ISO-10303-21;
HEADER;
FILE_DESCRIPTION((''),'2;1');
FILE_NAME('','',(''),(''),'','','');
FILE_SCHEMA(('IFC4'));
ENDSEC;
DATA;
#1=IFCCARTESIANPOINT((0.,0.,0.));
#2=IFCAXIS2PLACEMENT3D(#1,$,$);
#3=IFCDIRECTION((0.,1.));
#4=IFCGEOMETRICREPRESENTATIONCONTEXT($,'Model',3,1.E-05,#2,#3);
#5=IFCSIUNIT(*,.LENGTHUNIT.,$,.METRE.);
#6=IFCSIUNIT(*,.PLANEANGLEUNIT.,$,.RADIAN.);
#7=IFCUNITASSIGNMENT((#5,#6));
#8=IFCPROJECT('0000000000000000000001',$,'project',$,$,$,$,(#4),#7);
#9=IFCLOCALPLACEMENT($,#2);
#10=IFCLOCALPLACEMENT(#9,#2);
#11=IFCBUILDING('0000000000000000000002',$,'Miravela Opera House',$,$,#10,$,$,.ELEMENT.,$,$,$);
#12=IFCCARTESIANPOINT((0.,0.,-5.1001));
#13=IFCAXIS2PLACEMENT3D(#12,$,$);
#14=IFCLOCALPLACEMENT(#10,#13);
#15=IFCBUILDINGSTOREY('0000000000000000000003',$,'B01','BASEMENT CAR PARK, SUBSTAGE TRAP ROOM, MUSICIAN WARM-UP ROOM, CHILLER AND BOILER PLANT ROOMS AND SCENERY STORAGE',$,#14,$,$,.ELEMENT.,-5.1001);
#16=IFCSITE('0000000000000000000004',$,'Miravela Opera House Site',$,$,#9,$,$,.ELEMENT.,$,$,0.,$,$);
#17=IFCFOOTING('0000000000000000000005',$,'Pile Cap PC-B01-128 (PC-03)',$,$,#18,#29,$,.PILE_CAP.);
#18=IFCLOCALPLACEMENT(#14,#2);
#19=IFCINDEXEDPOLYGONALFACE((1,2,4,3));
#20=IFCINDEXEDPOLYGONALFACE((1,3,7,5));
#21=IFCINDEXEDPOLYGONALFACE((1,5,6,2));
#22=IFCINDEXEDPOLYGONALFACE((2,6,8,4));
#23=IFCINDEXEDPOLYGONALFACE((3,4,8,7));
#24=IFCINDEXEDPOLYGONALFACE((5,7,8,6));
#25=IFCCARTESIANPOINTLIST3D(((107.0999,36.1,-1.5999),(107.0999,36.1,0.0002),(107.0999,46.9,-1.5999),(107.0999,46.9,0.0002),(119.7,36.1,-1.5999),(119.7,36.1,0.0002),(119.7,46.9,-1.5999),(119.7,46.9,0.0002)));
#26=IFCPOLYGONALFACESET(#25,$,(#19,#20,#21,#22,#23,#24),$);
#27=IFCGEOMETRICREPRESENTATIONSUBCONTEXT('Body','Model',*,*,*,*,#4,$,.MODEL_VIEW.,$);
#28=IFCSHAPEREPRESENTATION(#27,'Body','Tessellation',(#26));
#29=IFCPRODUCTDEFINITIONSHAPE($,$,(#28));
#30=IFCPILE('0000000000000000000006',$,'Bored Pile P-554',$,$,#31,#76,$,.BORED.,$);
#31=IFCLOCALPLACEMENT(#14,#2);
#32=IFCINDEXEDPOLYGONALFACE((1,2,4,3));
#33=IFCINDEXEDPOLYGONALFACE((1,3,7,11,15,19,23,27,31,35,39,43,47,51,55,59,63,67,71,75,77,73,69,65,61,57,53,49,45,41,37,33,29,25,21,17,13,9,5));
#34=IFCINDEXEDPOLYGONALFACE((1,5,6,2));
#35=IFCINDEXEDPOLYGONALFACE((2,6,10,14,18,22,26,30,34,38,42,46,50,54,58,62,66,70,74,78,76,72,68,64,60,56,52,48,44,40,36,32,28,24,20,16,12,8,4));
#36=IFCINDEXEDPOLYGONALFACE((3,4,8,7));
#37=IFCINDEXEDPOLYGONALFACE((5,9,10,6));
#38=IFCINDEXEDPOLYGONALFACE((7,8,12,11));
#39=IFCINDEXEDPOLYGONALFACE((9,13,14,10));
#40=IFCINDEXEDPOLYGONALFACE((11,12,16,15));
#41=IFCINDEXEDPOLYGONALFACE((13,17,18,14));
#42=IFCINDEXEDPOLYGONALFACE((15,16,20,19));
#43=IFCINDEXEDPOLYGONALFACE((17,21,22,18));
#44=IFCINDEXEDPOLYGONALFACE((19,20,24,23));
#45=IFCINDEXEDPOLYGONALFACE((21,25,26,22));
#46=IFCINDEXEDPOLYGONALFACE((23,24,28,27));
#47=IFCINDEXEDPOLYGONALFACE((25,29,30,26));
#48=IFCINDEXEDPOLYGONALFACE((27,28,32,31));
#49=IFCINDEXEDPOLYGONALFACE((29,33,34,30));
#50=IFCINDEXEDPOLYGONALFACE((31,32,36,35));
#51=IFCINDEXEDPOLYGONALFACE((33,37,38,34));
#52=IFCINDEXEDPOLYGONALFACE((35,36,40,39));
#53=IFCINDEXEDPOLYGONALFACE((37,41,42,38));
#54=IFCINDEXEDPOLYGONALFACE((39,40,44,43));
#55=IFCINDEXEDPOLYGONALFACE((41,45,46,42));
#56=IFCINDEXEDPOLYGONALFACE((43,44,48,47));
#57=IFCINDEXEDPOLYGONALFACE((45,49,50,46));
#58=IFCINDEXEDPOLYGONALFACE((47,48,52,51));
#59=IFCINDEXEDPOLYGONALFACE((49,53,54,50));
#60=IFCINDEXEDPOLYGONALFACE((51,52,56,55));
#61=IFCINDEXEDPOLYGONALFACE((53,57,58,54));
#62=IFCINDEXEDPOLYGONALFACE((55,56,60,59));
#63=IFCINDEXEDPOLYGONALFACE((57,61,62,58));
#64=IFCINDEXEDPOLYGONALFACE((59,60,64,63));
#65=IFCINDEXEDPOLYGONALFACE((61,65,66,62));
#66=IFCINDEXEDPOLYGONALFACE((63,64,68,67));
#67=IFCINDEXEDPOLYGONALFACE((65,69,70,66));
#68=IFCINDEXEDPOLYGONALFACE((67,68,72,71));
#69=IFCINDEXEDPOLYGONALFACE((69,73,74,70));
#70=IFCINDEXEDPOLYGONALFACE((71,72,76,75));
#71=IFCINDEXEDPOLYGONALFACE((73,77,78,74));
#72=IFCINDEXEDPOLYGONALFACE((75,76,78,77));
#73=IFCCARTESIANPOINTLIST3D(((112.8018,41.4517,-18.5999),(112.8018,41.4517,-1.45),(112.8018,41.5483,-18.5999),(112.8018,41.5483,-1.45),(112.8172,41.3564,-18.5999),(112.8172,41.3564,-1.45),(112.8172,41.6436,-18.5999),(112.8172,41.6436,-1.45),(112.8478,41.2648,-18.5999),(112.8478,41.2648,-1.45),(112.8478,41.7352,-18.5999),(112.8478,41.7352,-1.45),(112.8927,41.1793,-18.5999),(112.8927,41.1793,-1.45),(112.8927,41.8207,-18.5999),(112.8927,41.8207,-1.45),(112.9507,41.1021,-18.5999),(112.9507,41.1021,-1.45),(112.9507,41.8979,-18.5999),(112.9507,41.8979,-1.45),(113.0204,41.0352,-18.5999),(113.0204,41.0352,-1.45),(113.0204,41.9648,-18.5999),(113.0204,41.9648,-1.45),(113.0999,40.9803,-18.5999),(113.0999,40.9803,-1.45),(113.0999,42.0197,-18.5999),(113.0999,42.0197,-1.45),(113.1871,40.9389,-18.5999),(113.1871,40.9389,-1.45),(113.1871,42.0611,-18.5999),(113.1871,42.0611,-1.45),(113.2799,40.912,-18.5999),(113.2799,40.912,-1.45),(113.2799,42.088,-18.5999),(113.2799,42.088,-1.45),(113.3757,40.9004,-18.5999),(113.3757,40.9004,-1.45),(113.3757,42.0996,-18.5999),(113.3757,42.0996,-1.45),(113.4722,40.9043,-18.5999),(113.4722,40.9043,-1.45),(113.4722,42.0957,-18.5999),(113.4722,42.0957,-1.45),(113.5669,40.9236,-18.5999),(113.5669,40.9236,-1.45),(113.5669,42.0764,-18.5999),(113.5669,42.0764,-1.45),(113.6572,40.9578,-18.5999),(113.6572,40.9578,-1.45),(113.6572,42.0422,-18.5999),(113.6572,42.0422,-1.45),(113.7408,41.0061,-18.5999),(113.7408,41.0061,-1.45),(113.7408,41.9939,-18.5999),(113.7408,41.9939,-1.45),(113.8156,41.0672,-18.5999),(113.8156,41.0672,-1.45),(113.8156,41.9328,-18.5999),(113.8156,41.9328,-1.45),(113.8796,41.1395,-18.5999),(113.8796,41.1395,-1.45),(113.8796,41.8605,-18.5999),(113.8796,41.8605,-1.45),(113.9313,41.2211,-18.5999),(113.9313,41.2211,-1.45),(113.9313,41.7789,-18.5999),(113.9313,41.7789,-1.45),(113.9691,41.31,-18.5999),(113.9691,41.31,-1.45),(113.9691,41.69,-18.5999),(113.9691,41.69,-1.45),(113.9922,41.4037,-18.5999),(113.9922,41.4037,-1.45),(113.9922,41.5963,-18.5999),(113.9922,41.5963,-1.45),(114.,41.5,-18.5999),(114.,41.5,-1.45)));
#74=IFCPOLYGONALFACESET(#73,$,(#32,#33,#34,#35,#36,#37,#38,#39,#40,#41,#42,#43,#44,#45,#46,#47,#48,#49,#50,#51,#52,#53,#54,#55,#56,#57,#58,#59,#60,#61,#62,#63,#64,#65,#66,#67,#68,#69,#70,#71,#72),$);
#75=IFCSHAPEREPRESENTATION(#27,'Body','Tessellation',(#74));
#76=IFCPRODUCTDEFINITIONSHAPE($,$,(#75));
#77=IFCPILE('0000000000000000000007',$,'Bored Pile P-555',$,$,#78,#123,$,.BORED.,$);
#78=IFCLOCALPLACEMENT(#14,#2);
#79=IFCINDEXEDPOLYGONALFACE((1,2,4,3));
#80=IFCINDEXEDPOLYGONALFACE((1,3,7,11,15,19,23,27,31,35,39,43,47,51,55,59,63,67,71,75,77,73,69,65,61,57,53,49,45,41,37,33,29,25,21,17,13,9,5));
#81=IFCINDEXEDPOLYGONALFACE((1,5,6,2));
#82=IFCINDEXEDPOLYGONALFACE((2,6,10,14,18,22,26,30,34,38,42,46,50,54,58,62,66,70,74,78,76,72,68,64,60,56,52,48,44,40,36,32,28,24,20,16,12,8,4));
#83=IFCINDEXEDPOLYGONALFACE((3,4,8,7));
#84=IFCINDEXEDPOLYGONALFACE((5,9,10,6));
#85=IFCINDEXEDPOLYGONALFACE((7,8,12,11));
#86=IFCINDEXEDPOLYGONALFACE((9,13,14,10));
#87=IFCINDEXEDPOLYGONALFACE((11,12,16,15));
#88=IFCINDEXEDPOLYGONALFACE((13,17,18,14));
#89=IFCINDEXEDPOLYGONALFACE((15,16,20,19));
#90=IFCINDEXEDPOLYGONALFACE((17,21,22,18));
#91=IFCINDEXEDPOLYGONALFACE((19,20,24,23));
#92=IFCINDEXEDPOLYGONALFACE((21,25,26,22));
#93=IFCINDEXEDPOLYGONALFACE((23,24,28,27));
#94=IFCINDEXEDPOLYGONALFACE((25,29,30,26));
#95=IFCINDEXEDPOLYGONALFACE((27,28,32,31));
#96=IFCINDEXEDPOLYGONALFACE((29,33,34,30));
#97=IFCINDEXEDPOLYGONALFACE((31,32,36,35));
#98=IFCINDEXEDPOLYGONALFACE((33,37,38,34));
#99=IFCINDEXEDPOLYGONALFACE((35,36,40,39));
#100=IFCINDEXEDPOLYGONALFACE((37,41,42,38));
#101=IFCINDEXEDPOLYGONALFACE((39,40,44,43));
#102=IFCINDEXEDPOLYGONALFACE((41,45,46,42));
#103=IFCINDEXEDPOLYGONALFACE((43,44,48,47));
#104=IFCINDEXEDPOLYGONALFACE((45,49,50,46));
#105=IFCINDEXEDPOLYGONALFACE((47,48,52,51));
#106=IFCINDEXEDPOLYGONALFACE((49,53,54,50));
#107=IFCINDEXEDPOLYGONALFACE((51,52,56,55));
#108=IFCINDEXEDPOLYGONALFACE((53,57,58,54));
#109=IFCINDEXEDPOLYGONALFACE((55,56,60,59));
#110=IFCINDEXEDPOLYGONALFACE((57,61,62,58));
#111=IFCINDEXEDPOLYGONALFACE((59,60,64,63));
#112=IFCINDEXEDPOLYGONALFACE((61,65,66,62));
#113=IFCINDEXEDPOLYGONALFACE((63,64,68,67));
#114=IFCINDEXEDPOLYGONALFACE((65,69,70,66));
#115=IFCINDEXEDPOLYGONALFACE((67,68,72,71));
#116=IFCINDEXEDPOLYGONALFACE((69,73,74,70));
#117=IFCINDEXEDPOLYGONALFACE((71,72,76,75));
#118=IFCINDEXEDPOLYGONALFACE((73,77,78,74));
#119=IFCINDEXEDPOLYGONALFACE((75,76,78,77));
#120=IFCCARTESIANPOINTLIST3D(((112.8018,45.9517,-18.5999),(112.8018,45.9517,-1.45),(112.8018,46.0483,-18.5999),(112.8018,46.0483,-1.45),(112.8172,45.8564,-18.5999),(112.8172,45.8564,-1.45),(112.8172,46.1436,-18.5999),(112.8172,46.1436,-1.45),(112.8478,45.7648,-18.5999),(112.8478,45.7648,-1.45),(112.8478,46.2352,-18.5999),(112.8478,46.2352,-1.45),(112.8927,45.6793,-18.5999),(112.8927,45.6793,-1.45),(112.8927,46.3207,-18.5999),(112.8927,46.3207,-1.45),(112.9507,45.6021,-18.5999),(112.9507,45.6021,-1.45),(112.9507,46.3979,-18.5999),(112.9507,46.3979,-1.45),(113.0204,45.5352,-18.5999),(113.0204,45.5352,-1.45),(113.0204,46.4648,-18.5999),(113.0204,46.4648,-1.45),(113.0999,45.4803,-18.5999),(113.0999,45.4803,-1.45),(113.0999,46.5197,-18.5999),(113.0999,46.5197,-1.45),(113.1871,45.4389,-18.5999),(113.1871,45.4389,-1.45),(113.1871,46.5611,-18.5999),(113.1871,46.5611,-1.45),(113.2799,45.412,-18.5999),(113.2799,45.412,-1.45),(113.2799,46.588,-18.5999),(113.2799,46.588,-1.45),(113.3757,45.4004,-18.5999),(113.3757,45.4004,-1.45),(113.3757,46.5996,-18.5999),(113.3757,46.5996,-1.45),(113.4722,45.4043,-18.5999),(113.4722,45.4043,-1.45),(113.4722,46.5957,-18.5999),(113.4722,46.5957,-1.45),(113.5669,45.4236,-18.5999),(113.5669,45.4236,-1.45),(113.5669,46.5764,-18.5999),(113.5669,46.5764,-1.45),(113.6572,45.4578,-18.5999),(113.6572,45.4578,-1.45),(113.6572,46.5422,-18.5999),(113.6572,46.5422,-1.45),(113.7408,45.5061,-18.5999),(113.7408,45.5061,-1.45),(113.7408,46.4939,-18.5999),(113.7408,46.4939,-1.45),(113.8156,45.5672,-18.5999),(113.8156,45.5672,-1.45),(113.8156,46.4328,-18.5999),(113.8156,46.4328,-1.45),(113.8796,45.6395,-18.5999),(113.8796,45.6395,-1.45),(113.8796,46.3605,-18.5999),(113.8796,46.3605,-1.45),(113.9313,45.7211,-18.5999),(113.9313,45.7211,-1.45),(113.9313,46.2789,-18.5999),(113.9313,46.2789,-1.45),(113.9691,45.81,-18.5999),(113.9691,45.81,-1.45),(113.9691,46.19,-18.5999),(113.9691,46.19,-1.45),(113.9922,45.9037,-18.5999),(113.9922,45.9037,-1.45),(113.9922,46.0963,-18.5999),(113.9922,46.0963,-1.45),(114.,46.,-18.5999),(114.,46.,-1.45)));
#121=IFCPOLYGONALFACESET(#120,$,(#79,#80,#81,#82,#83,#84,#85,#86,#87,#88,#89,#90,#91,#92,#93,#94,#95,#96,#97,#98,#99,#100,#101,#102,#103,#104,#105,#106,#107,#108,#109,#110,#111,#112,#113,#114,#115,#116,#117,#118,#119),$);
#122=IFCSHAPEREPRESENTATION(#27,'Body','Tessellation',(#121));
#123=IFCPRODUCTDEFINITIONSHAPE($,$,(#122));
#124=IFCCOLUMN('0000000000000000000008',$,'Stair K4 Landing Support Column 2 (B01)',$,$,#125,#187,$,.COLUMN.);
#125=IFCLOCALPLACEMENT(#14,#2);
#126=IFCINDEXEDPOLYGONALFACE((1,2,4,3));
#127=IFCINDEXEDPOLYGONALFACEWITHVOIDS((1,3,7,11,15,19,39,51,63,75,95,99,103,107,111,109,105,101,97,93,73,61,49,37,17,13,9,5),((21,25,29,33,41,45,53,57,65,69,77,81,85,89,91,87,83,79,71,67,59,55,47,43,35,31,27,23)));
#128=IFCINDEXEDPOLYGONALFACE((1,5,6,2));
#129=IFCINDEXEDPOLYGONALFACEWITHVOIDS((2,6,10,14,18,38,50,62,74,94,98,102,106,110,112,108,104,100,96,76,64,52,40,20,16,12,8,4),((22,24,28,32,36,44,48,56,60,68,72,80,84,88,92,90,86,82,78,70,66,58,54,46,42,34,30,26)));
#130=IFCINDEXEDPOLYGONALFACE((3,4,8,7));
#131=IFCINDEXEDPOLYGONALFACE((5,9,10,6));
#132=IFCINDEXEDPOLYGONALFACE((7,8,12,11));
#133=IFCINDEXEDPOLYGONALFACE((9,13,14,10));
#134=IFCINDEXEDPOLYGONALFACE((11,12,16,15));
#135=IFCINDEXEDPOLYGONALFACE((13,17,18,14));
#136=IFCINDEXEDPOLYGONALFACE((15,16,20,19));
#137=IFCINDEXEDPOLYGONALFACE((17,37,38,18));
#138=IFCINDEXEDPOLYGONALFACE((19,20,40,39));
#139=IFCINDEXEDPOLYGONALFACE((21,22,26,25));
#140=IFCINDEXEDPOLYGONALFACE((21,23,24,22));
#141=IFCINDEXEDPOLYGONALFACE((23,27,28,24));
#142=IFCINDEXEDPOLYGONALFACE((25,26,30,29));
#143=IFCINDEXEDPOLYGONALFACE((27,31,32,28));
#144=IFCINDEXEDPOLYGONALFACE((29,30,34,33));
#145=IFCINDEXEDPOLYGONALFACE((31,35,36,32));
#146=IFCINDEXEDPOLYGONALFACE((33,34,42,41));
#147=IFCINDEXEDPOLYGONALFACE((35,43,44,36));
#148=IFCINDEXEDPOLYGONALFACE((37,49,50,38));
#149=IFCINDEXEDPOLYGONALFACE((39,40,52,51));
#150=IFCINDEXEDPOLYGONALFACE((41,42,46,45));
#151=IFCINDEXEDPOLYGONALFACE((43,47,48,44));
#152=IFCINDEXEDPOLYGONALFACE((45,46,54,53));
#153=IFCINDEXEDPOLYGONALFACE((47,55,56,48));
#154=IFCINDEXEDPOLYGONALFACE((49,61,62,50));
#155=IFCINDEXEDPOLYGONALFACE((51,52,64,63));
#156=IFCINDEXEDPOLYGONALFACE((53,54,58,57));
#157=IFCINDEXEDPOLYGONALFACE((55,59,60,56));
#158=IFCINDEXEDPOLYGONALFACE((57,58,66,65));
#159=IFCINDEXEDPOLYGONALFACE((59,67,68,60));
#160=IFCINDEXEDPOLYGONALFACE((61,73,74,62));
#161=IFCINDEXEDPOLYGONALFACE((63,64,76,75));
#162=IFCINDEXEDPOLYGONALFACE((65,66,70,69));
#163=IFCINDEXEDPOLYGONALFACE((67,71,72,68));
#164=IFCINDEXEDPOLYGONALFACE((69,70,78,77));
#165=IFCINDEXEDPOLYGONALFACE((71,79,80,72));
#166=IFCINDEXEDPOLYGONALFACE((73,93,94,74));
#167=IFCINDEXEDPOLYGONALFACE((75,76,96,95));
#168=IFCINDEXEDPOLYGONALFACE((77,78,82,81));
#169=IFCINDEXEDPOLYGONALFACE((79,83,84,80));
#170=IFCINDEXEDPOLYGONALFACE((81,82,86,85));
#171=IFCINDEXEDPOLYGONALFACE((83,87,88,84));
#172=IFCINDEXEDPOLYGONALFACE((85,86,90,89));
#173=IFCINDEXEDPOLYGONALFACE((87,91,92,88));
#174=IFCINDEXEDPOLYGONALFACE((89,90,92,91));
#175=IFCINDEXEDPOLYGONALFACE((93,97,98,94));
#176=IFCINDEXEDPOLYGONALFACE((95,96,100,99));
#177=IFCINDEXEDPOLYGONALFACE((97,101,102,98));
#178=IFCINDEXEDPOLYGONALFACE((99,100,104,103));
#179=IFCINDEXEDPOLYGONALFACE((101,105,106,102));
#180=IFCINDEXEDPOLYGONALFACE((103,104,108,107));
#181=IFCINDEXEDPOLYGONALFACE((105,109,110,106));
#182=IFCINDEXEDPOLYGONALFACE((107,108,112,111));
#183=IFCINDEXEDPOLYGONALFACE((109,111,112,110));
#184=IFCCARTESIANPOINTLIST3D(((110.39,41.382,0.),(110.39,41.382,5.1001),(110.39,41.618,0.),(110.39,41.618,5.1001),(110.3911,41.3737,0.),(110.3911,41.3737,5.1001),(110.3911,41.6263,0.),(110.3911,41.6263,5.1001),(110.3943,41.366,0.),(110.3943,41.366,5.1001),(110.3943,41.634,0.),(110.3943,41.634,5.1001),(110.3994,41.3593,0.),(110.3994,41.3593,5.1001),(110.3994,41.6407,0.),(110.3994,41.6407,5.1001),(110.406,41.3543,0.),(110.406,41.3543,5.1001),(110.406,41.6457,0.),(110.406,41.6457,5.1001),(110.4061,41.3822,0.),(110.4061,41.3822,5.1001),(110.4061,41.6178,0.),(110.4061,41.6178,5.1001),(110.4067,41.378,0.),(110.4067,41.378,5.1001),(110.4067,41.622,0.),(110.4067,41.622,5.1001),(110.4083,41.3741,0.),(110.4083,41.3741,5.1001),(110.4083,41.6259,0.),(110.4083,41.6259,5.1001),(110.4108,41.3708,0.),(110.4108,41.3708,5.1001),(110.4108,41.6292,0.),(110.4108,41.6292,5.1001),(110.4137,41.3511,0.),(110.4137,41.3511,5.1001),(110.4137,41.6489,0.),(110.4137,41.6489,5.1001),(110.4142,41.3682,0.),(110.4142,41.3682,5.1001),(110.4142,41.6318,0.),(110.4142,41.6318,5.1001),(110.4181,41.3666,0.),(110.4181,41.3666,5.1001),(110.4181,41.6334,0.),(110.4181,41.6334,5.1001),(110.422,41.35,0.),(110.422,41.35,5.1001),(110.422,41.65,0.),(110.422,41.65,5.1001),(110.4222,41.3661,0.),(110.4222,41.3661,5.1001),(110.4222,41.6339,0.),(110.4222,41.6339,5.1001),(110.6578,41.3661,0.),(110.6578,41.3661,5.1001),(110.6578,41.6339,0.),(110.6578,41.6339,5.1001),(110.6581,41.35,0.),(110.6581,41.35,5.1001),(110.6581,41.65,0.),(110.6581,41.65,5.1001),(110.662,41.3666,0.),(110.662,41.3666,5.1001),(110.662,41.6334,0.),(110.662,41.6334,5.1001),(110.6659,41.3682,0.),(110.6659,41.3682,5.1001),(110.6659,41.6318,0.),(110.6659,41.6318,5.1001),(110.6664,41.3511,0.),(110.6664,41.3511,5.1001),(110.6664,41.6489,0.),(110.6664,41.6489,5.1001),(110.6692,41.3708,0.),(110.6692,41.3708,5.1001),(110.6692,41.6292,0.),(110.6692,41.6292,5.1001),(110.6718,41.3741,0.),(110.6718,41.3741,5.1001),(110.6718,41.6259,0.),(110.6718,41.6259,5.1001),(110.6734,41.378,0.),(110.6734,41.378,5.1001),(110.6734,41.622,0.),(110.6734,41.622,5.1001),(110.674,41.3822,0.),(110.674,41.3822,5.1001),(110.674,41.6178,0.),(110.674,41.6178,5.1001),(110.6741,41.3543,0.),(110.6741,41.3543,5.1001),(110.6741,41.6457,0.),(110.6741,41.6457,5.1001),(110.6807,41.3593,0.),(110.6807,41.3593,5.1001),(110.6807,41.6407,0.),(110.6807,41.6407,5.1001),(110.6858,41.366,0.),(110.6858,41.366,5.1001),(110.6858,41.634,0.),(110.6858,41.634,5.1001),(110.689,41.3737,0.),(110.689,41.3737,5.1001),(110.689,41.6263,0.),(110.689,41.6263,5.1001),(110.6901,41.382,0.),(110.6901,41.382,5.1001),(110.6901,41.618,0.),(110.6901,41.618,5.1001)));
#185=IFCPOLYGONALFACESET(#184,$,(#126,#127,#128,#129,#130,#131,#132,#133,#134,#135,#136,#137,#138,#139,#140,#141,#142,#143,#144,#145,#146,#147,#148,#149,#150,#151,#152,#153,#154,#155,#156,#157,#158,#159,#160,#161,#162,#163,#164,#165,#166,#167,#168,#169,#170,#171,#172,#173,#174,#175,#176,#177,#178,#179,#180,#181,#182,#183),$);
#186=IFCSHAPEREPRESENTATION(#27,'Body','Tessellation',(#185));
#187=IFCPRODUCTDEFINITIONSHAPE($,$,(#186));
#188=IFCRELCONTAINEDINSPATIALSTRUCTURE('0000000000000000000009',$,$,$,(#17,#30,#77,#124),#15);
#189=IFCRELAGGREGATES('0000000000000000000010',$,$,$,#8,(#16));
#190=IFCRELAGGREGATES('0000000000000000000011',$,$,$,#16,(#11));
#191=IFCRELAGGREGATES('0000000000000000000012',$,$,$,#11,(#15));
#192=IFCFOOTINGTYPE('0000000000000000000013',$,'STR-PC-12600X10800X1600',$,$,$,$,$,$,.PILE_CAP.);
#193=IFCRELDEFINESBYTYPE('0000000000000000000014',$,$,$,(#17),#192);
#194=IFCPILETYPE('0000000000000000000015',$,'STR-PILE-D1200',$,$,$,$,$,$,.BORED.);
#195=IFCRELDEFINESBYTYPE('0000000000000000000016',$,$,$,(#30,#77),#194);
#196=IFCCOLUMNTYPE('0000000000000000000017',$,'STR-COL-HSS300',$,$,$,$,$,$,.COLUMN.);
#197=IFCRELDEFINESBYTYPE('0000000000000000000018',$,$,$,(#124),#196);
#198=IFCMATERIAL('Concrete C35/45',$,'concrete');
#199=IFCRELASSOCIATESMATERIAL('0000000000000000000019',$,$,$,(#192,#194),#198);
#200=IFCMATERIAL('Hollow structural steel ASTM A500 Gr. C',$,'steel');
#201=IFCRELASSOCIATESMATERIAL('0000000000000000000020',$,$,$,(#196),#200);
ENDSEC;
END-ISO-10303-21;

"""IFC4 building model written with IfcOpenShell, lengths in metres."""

from ifc_helpers import new_model, si_unit, direction, frame, origin, origin_2d, place, context, subcontext, project, spatial, rectangle, hollow_rectangle, circle, extrude, material, material_profile, profile_set, type_object, element, save


model = new_model("IFC4")

# Units and contexts
model_context = context("Model", 3, precision=1e-05, world=origin(), true_north=direction((0.0, 1.0)))
body_context = subcontext(model_context, "Body", "Model", "MODEL_VIEW")
ifc_project = project(units=[si_unit("LENGTHUNIT", "METRE"), si_unit("PLANEANGLEUNIT", "RADIAN")], contexts=[model_context])

# Site, building, storey
site_placement = place(None, origin())
site = spatial("IfcSite", under=ifc_project, at=site_placement, Name="Miravela Opera House Site", CompositionType="ELEMENT", RefElevation=0.0)
building_placement = place(site_placement, origin())
building = spatial("IfcBuilding", under=site, at=building_placement, Name="Miravela Opera House", CompositionType="ELEMENT")
storey_placement = place(building_placement, frame((0.0, 0.0, -5.1001)))
storey = spatial("IfcBuildingStorey", under=building, at=storey_placement, Name="B01", Description="BASEMENT CAR PARK, SUBSTAGE TRAP ROOM, MUSICIAN WARM-UP ROOM, CHILLER AND BOILER PLANT ROOMS AND SCENERY STORAGE", CompositionType="ELEMENT", Elevation=-5.1001)

# Footing
ifc_material_1 = material(Name="Concrete C35/45", Category="concrete")
footing_type = type_object("IfcFootingType", Name="STR-PC-12600X10800X1600", PredefinedType="PILE_CAP", material=ifc_material_1)
footing_placement = place(storey_placement, frame((113.3999, 41.5, -1.5999), z_axis=(0.0, 0.0, 1.0), x_axis=(1.0, 0.0, 0.0)))
element("IfcFooting", 1, at=footing_placement, inside=storey, type_object=footing_type, Name="Pile Cap PC-B01-128 (PC-03)", PredefinedType="PILE_CAP", context=body_context, shape_type="SweptSolid", body=[
    extrude(rectangle(XDim=12.6001, YDim=10.8, at=origin_2d()), origin(), (0.0, 0.0, 1.0), 1.6001),
])

# Piles
ifc_material_profile_1 = material_profile(ifc_material_1, circle(Radius=0.6001, at=origin_2d()), Name="PILE-D1200")
ifc_profile_set_1 = profile_set([ifc_material_profile_1])
pile_type = type_object("IfcPileType", Name="STR-PILE-D1200", PredefinedType="BORED", material=ifc_profile_set_1)
for number, where, z_axis, x_axis, name in (
    (2, (113.3999, 41.5, -1.45), (0.0, 0.0, -1.0), (1.0, 0.0, 0.0), "Bored Pile P-554"),
    (3, (113.3999, 46.0, -1.45), (0.0, 0.0, -1.0), (1.0, 0.0, 0.0), "Bored Pile P-555"),
):
    element("IfcPile", number, at=place(storey_placement, frame(where, z_axis=z_axis, x_axis=x_axis)), inside=storey, type_object=pile_type, Name=name, PredefinedType="BORED", context=body_context, shape_type="SweptSolid", body=[
        extrude(circle(Radius=0.6001, at=origin_2d()), origin(), (0.0, 0.0, 1.0), 17.1499),
    ])

# Column
ifc_material_2 = material(Name="Hollow structural steel ASTM A500 Gr. C", Category="steel")
ifc_material_profile_2 = material_profile(ifc_material_2, hollow_rectangle(XDim=0.3, YDim=0.3, WallThickness=0.0161, InnerFilletRadius=0.0161, OuterFilletRadius=0.032, at=origin_2d()), Name="HSS300X300X16")
ifc_profile_set_2 = profile_set([ifc_material_profile_2])
column_type_1 = type_object("IfcColumnType", Name="STR-COL-HSS300", PredefinedType="COLUMN", material=ifc_profile_set_2)
for number, where, z_axis, x_axis, name in (
    (4, (110.54, 41.5, 0.0), (0.0, 0.0, 1.0), (1.0, 0.0, 0.0), "Stair K4 Landing Support Column 2 (B01)"),
):
    element("IfcColumn", number, at=place(storey_placement, frame(where, z_axis=z_axis, x_axis=x_axis)), inside=storey, type_object=column_type_1, Name=name, PredefinedType="COLUMN", context=body_context, shape_type="SweptSolid", body=[
        extrude(hollow_rectangle(XDim=0.3, YDim=0.3, WallThickness=0.0161, InnerFilletRadius=0.0161, OuterFilletRadius=0.032, at=origin_2d()), origin(), (0.0, 0.0, 1.0), 5.1001),
    ])

save(model, "model.ifc")
